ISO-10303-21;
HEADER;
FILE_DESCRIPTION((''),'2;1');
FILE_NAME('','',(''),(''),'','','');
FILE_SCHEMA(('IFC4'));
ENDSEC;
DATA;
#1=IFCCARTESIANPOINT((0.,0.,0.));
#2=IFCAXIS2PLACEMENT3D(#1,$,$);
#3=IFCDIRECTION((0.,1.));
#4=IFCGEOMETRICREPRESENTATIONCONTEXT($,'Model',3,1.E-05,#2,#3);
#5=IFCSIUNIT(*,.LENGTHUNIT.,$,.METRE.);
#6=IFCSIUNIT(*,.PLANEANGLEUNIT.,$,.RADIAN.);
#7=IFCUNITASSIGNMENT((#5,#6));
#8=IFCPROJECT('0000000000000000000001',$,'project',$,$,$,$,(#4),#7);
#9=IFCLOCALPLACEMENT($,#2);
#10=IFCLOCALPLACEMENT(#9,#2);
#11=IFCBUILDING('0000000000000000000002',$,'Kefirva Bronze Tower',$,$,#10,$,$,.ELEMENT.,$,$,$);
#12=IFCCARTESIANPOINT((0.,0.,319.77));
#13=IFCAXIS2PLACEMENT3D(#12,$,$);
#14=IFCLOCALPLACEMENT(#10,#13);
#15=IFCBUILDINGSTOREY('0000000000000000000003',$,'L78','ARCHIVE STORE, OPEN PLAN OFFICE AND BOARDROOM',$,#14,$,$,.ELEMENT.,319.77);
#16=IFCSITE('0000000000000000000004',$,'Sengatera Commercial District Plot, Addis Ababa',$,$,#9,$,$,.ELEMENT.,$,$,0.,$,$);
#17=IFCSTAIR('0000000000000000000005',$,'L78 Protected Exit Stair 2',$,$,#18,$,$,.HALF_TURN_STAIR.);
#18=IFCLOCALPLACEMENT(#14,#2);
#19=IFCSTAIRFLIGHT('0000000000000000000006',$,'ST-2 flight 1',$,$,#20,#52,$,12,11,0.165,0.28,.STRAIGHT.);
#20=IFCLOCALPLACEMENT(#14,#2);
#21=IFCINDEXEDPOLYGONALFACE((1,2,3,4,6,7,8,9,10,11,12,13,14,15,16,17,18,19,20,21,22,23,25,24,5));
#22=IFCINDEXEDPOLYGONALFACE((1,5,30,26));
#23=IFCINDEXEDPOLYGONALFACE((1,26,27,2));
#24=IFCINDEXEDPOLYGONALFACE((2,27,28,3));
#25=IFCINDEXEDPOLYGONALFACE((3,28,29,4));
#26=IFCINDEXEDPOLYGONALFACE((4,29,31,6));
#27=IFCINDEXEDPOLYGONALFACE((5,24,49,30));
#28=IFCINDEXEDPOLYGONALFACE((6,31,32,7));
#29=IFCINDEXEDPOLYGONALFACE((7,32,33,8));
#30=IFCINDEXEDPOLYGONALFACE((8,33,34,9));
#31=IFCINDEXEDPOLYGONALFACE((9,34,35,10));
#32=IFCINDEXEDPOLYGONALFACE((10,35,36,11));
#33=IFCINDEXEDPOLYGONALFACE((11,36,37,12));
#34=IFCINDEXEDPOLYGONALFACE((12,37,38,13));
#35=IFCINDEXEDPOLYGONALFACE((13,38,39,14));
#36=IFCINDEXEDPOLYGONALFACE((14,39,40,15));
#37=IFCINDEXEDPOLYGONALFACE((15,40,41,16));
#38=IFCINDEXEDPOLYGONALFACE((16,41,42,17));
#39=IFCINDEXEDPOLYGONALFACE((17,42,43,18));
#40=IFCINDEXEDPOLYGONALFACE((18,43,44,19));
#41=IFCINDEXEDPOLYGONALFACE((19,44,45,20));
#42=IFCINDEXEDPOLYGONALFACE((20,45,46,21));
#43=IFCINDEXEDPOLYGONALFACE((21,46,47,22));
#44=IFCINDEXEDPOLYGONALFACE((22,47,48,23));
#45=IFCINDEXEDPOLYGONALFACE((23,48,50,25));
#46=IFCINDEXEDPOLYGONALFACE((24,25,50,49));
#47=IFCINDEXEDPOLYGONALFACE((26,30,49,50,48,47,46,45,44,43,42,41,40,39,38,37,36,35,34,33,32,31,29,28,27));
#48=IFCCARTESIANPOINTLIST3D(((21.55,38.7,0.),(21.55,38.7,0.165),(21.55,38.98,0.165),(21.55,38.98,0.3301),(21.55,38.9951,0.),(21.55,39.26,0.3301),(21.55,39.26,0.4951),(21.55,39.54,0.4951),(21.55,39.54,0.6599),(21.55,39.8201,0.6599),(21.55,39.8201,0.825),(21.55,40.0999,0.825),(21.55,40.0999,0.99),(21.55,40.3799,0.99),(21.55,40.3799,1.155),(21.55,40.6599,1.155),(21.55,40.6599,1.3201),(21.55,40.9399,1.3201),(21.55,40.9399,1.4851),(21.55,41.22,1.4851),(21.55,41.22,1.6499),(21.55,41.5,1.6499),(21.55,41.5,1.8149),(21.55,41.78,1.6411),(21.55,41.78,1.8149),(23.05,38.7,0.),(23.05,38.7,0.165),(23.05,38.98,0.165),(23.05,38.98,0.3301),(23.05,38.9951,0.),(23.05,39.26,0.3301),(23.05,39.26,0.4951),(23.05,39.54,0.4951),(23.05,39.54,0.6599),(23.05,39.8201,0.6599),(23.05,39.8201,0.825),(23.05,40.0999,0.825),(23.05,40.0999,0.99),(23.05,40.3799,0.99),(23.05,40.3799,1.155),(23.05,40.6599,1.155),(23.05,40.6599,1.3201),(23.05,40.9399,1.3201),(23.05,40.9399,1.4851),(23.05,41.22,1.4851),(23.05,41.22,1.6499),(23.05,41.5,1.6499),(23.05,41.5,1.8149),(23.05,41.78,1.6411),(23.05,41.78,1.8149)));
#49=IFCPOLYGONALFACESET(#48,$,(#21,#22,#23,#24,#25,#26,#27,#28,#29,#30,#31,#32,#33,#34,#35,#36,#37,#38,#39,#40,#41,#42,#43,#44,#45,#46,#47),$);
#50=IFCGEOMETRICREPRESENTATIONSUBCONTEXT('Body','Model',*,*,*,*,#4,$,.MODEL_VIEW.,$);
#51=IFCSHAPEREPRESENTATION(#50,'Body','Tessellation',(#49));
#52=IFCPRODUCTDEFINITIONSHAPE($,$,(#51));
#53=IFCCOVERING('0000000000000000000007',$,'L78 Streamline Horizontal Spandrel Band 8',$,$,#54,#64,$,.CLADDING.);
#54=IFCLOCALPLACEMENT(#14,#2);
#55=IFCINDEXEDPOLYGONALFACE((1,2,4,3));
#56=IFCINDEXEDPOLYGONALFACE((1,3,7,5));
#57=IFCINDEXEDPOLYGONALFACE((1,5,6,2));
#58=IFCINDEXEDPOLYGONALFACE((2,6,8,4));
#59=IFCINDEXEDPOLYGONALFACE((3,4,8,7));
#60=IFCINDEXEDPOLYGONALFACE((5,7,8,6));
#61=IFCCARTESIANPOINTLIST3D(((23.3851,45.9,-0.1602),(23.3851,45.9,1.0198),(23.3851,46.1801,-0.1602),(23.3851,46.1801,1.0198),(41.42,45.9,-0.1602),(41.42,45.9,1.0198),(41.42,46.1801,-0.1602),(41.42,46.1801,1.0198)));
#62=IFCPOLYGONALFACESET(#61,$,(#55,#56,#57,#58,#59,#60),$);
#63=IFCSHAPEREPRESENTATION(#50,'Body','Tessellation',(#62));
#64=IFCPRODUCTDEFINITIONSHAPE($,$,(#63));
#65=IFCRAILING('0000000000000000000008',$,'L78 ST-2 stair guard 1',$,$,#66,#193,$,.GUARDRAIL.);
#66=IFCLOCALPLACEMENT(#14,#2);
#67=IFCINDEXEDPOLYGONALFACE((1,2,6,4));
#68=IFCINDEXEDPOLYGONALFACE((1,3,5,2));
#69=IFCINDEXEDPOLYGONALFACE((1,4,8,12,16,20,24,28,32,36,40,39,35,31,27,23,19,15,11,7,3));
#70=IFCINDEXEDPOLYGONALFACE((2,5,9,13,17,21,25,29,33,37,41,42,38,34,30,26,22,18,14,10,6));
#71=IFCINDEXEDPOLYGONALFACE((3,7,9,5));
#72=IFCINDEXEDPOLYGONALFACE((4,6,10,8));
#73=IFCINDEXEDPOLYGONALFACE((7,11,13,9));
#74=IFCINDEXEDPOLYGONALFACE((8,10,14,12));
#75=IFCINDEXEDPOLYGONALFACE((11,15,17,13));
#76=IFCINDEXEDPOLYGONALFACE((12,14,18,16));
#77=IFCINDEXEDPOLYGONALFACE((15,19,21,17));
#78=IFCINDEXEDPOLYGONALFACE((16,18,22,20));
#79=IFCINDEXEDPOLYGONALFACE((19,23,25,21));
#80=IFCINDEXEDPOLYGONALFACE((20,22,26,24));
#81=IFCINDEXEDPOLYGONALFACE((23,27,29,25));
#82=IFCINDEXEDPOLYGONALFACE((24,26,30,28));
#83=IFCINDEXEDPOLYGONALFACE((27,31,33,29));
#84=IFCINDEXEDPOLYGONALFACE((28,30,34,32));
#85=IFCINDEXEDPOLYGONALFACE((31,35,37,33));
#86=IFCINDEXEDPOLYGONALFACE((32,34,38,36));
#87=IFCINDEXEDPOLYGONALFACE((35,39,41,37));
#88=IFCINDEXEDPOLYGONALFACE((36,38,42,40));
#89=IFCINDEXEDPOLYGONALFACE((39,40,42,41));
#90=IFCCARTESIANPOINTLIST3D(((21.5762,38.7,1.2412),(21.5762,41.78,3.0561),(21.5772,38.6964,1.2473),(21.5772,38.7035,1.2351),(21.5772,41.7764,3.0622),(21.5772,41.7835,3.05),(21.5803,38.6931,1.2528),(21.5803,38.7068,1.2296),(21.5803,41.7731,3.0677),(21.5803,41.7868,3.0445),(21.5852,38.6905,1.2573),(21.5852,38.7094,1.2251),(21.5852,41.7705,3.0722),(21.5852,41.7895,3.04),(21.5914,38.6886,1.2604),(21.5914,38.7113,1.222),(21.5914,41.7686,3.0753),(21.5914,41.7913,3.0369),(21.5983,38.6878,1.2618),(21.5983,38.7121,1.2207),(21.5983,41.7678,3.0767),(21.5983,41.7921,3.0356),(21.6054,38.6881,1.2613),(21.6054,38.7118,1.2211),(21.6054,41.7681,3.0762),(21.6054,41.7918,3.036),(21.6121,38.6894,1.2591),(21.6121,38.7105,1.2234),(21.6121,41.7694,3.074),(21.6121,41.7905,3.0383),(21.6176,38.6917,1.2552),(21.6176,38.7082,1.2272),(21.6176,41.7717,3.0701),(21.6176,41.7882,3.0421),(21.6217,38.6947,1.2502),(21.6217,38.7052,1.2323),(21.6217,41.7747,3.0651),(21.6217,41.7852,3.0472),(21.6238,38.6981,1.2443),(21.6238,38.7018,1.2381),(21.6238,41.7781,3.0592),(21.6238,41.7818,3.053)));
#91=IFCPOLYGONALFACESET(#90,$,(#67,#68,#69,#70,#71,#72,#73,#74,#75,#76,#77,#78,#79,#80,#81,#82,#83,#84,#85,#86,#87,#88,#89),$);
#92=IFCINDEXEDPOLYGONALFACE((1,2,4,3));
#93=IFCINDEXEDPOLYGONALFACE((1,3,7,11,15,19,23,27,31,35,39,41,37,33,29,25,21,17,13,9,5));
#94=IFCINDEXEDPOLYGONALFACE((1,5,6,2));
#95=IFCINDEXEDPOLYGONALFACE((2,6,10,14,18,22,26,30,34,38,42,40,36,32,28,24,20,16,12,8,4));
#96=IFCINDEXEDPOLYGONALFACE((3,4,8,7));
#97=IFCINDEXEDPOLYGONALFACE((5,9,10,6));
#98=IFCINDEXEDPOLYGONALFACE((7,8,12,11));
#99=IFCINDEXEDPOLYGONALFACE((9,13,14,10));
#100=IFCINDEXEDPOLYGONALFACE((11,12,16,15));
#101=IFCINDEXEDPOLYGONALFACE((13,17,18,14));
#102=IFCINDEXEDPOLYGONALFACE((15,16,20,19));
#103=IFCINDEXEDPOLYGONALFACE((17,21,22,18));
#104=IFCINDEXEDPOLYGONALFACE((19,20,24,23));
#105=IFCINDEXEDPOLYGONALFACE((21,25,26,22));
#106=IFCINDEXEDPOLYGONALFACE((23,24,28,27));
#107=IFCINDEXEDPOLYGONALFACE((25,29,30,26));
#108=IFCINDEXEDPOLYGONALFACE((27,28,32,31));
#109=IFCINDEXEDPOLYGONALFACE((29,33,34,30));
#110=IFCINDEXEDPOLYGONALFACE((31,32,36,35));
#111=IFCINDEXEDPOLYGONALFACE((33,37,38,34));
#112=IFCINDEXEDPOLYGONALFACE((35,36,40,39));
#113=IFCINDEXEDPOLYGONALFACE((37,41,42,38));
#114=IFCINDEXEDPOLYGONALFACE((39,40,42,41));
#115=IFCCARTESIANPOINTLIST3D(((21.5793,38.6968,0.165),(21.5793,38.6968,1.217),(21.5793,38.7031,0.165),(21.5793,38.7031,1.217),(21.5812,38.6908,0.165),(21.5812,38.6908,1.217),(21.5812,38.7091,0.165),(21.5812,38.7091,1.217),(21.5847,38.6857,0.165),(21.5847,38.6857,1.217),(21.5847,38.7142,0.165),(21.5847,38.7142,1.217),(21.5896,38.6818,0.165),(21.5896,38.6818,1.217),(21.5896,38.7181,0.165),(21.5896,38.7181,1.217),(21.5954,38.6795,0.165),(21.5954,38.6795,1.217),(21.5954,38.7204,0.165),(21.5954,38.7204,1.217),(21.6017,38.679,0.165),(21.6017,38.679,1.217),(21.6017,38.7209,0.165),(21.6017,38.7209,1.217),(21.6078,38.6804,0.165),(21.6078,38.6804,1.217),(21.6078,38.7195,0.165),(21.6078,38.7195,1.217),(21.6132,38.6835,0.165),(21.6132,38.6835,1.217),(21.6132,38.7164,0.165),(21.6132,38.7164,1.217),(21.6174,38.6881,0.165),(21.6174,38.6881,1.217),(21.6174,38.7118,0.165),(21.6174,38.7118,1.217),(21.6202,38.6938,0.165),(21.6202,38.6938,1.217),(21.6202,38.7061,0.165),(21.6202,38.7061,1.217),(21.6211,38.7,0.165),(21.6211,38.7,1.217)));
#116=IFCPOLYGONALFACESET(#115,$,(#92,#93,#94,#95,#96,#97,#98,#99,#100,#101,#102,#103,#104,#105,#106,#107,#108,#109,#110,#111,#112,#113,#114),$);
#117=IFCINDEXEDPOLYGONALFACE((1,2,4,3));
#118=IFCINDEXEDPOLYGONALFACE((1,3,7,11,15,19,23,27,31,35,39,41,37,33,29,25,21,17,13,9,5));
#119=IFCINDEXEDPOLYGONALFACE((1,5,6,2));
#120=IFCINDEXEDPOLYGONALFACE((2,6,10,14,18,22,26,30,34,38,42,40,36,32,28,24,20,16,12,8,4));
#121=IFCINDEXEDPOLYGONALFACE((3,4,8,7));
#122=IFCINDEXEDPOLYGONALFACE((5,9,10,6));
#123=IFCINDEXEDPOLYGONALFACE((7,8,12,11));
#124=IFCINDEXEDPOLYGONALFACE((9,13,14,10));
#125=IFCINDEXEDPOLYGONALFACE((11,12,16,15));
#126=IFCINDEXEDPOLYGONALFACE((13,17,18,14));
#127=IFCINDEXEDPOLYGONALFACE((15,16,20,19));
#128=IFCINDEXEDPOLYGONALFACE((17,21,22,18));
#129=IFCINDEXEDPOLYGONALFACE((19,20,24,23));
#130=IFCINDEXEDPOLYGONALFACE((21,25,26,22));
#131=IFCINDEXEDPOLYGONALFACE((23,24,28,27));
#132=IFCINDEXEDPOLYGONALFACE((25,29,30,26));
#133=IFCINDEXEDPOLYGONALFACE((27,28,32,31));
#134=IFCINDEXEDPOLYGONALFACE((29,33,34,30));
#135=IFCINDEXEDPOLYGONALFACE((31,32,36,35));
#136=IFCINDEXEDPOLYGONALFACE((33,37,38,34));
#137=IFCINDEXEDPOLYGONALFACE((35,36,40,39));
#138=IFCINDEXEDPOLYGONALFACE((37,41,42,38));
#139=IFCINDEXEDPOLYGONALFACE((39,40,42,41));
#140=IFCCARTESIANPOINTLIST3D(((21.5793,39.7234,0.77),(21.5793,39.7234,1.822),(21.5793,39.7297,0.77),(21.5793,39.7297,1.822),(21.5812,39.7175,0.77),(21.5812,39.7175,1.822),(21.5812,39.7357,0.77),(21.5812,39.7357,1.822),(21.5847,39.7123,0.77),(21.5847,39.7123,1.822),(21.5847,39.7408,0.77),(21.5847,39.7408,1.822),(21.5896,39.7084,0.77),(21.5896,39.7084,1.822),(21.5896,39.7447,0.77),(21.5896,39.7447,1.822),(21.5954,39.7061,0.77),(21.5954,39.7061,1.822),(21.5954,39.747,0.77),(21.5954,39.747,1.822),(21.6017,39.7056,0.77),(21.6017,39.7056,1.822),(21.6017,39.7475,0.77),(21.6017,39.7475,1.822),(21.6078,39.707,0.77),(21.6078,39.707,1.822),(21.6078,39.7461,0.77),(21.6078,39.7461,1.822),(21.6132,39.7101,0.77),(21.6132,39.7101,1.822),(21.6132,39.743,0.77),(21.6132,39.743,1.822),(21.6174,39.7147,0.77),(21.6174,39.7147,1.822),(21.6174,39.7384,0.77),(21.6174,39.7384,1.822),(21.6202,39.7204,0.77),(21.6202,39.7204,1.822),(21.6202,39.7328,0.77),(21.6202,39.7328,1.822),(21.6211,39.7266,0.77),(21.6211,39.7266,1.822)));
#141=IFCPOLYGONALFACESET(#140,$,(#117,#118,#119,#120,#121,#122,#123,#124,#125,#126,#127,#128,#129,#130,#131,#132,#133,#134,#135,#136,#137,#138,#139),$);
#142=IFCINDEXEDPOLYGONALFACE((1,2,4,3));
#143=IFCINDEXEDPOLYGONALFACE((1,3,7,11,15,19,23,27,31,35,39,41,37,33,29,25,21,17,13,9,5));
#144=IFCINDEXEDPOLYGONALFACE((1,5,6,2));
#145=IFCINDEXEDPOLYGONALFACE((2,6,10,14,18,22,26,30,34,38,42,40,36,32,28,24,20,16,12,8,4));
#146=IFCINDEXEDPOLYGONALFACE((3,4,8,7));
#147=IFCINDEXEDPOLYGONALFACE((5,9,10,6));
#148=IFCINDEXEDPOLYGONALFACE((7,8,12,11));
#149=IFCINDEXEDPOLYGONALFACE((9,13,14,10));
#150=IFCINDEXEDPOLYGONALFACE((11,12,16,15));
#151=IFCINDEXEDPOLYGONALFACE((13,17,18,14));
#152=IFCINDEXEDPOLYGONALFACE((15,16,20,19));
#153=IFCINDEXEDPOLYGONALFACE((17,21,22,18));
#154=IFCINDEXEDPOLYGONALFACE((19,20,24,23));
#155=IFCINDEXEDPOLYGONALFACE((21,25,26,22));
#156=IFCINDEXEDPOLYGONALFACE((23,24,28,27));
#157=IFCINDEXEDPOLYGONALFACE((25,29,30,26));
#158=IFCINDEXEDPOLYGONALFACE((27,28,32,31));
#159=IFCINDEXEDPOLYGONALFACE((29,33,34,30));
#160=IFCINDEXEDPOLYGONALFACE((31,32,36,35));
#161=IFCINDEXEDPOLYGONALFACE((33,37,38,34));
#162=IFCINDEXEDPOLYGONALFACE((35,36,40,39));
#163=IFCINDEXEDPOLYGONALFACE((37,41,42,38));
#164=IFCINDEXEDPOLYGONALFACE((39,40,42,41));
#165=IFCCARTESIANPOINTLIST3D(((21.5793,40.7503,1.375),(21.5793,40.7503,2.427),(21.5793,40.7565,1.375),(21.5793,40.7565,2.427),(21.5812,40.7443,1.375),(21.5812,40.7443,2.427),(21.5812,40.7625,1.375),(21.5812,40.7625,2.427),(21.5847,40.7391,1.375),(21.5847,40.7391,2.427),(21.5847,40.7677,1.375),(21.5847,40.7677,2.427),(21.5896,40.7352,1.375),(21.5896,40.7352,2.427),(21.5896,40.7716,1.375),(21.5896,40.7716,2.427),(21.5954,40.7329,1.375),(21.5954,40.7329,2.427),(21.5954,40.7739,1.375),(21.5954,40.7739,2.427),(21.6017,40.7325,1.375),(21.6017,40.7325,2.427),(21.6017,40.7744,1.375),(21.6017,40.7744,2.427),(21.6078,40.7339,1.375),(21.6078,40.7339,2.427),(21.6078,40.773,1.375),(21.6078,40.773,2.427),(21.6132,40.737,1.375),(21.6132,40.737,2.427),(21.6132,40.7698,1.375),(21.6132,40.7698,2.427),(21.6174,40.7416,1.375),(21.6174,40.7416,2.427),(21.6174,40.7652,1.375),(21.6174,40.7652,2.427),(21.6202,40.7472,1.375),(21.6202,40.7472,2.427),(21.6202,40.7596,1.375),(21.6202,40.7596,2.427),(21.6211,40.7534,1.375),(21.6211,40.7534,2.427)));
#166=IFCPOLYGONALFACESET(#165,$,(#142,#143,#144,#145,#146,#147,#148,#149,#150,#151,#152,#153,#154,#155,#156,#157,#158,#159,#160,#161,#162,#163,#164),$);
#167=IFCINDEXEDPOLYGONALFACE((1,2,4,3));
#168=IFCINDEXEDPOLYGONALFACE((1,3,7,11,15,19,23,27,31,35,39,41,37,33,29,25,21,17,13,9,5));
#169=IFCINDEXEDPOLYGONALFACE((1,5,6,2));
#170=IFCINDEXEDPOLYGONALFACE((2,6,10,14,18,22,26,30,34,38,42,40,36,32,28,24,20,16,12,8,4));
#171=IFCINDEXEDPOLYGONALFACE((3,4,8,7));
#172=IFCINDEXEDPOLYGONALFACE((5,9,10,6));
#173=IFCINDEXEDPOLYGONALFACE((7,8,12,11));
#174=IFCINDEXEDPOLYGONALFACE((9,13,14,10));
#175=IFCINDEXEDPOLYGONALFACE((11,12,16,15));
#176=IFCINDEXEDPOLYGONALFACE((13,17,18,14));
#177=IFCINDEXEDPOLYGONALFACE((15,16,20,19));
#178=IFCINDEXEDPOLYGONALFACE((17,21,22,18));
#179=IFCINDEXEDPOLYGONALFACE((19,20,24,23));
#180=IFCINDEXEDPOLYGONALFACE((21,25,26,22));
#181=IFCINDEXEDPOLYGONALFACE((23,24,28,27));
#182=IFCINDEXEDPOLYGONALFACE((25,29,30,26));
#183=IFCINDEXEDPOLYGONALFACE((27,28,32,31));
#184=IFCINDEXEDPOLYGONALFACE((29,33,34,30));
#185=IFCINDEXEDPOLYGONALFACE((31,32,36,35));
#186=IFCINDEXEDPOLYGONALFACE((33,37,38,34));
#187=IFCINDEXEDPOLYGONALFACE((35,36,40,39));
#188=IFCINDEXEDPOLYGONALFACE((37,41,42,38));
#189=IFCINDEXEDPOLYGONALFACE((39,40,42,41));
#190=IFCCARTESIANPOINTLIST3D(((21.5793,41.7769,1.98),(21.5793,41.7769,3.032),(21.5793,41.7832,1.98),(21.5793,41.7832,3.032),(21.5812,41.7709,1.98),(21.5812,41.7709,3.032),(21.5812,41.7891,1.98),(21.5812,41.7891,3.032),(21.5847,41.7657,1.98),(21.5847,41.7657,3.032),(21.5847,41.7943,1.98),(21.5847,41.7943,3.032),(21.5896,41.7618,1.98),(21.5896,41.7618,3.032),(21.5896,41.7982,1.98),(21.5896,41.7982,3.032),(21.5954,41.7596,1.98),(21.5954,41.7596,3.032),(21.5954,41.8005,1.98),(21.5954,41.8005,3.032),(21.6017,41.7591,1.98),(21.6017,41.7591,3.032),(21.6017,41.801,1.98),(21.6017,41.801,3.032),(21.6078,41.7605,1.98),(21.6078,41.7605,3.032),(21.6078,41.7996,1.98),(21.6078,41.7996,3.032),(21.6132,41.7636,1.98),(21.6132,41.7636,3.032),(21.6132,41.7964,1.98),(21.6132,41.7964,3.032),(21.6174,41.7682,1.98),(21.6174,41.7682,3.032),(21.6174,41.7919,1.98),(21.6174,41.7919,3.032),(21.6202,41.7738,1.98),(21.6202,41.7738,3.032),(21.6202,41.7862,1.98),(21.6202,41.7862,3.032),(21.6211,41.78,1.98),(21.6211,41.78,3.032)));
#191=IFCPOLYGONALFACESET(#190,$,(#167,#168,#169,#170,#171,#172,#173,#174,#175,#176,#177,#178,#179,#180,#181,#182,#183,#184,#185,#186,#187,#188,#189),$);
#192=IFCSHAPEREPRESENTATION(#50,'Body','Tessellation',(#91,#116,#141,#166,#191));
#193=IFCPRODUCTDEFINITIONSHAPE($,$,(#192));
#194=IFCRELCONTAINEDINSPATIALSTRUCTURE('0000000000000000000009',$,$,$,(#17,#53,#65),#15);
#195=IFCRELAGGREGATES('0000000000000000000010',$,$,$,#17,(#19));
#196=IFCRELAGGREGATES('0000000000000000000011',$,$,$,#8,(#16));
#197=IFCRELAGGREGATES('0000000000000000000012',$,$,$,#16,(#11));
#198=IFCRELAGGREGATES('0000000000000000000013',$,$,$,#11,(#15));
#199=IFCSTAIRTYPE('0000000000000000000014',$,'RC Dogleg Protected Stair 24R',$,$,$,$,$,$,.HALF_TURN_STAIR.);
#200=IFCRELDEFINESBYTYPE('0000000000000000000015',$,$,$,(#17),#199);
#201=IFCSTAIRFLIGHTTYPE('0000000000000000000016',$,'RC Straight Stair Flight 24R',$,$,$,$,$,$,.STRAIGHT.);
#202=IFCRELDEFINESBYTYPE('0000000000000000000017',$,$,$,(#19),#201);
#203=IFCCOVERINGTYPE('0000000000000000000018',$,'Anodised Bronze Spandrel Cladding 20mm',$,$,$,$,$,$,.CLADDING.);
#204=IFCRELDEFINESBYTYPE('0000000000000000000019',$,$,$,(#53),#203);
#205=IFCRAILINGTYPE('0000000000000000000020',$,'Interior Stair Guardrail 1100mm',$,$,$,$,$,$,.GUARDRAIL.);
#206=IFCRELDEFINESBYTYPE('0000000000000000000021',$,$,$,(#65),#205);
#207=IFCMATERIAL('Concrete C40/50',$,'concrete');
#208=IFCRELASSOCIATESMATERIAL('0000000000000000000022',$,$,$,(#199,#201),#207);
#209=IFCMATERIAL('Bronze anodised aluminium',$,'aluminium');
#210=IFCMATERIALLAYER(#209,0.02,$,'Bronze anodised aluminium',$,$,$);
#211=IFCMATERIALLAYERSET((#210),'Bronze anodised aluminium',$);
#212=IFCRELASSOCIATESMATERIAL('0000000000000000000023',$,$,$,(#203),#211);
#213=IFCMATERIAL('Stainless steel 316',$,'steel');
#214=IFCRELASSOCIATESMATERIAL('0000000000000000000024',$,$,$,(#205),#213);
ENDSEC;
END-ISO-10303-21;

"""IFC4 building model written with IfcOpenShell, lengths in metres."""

from ifc_helpers import new_model, si_unit, direction, frame, origin, origin_2d, place, context, subcontext, project, spatial, polyline, rectangle, circle, outline, extrude, material, layer, layer_set, type_object, element, aggregate, save


model = new_model("IFC4")

# Units and contexts
model_context = context("Model", 3, precision=1e-05, world=origin(), true_north=direction((0.0, 1.0)))
body_context = subcontext(model_context, "Body", "Model", "MODEL_VIEW")
ifc_project = project(units=[si_unit("LENGTHUNIT", "METRE"), si_unit("PLANEANGLEUNIT", "RADIAN")], contexts=[model_context])

# Site, building, storey
site_placement = place(None, origin())
site = spatial("IfcSite", under=ifc_project, at=site_placement, Name="Sengatera Commercial District Plot, Addis Ababa", CompositionType="ELEMENT", RefElevation=0.0)
building_placement = place(site_placement, origin())
building = spatial("IfcBuilding", under=site, at=building_placement, Name="Kefirva Bronze Tower", CompositionType="ELEMENT")
storey_placement = place(building_placement, frame((0.0, 0.0, 319.77)))
storey = spatial("IfcBuildingStorey", under=building, at=storey_placement, Name="L78", Description="ARCHIVE STORE, OPEN PLAN OFFICE AND BOARDROOM", CompositionType="ELEMENT", Elevation=319.77)

# Shared definitions
ifc_material_1 = material(Name="Bronze anodised aluminium", Category="aluminium")

# Stair, stair flight
ifc_material_2 = material(Name="Concrete C40/50", Category="concrete")
stair_type = type_object("IfcStairType", Name="RC Dogleg Protected Stair 24R", PredefinedType="HALF_TURN_STAIR", material=ifc_material_2)
stair_placement = place(storey_placement, origin())
stair = element("IfcStair", 1, at=stair_placement, inside=storey, type_object=stair_type, Name="L78 Protected Exit Stair 2", PredefinedType="HALF_TURN_STAIR")
stair_flight_type = type_object("IfcStairFlightType", Name="RC Straight Stair Flight 24R", PredefinedType="STRAIGHT", material=ifc_material_2)
stair_flight_placement = place(storey_placement, frame((22.3, 38.7, 0.0), z_axis=(0.0, 0.0, 1.0), x_axis=(0.0, 1.0, 0.0)))
stair_flight = element("IfcStairFlight", 2, at=stair_flight_placement, type_object=stair_flight_type, Name="ST-2 flight 1", NumberOfRisers=12, NumberOfTreads=11, PredefinedType="STRAIGHT", RiserHeight=0.165, TreadLength=0.28, context=body_context, shape_type="SweptSolid", body=[
    extrude(outline(polyline([(0.0, 0.0), (0.0, 0.165), (0.28, 0.165), (0.28, 0.3301), (0.5601, 0.3301), (0.5601, 0.4951), (0.8401, 0.4951), (0.8401, 0.6599), (1.1201, 0.6599), (1.1201, 0.825), (1.3999, 0.825), (1.3999, 0.99), (1.6799, 0.99), (1.6799, 1.155), (1.96, 1.155), (1.96, 1.3201), (2.24, 1.3201), (2.24, 1.4851), (2.52, 1.4851), (2.52, 1.6499), (2.8, 1.6499), (2.8, 1.8149), (3.0801, 1.8149), (3.0801, 1.98), (3.0801, 1.6411), (0.2952, 0.0), (0.0, 0.0)])), frame((0.0, 0.75, 0.0), z_axis=(0.0, -1.0, 0.0), x_axis=(1.0, 0.0, 0.0)), (0.0, 0.0, 1.0), 1.5),
])
aggregate(stair, [stair_flight])

# Covering
ifc_layer_1 = layer(ifc_material_1, 0.02, Name="Bronze anodised aluminium")
ifc_layer_set_1 = layer_set([ifc_layer_1], Name="Bronze anodised aluminium")
covering_type_1 = type_object("IfcCoveringType", Name="Anodised Bronze Spandrel Cladding 20mm", PredefinedType="CLADDING", material=ifc_layer_set_1)
covering_1_placement = place(storey_placement, frame((32.4026, 46.04, -0.1602), z_axis=(0.0, 0.0, 1.0), x_axis=(-1.0, 0.0, 0.0)))
element("IfcCovering", 3, at=covering_1_placement, inside=storey, type_object=covering_type_1, Name="L78 Streamline Horizontal Spandrel Band 8", PredefinedType="CLADDING", context=body_context, shape_type="SweptSolid", body=[
    extrude(rectangle(XDim=18.0349, YDim=0.28, at=origin_2d()), origin(), (0.0, 0.0, 1.0), 1.1799),
])

# Railing
ifc_material_3 = material(Name="Stainless steel 316", Category="steel")
railing_type_1 = type_object("IfcRailingType", Name="Interior Stair Guardrail 1100mm", PredefinedType="GUARDRAIL", material=ifc_material_3)
railing_1_placement = place(storey_placement, frame((21.6001, 38.7, 0.165)))
element("IfcRailing", 4, at=railing_1_placement, inside=storey, type_object=railing_type_1, Name="L78 ST-2 stair guard 1", PredefinedType="GUARDRAIL", context=body_context, shape_type="SweptSolid", body=[
    extrude(circle(Radius=0.0239, at=origin_2d()), frame((0.0, 0.0, 1.0762), z_axis=(0.0, 0.861551, 0.507671), x_axis=(-1.0, 0.0, 0.0)), (0.0, 0.0, 1.0), 3.575),
    extrude(circle(Radius=0.021, at=origin_2d()), origin(), (0.0, 0.0, 1.0), 1.052),
    extrude(circle(Radius=0.021, at=origin_2d()), frame((0.0, 1.0266, 0.605)), (0.0, 0.0, 1.0), 1.052),
    extrude(circle(Radius=0.021, at=origin_2d()), frame((0.0, 2.0535, 1.21)), (0.0, 0.0, 1.0), 1.052),
    extrude(circle(Radius=0.021, at=origin_2d()), frame((0.0, 3.0801, 1.8149)), (0.0, 0.0, 1.0), 1.052),
])

save(model, "model.ifc")
